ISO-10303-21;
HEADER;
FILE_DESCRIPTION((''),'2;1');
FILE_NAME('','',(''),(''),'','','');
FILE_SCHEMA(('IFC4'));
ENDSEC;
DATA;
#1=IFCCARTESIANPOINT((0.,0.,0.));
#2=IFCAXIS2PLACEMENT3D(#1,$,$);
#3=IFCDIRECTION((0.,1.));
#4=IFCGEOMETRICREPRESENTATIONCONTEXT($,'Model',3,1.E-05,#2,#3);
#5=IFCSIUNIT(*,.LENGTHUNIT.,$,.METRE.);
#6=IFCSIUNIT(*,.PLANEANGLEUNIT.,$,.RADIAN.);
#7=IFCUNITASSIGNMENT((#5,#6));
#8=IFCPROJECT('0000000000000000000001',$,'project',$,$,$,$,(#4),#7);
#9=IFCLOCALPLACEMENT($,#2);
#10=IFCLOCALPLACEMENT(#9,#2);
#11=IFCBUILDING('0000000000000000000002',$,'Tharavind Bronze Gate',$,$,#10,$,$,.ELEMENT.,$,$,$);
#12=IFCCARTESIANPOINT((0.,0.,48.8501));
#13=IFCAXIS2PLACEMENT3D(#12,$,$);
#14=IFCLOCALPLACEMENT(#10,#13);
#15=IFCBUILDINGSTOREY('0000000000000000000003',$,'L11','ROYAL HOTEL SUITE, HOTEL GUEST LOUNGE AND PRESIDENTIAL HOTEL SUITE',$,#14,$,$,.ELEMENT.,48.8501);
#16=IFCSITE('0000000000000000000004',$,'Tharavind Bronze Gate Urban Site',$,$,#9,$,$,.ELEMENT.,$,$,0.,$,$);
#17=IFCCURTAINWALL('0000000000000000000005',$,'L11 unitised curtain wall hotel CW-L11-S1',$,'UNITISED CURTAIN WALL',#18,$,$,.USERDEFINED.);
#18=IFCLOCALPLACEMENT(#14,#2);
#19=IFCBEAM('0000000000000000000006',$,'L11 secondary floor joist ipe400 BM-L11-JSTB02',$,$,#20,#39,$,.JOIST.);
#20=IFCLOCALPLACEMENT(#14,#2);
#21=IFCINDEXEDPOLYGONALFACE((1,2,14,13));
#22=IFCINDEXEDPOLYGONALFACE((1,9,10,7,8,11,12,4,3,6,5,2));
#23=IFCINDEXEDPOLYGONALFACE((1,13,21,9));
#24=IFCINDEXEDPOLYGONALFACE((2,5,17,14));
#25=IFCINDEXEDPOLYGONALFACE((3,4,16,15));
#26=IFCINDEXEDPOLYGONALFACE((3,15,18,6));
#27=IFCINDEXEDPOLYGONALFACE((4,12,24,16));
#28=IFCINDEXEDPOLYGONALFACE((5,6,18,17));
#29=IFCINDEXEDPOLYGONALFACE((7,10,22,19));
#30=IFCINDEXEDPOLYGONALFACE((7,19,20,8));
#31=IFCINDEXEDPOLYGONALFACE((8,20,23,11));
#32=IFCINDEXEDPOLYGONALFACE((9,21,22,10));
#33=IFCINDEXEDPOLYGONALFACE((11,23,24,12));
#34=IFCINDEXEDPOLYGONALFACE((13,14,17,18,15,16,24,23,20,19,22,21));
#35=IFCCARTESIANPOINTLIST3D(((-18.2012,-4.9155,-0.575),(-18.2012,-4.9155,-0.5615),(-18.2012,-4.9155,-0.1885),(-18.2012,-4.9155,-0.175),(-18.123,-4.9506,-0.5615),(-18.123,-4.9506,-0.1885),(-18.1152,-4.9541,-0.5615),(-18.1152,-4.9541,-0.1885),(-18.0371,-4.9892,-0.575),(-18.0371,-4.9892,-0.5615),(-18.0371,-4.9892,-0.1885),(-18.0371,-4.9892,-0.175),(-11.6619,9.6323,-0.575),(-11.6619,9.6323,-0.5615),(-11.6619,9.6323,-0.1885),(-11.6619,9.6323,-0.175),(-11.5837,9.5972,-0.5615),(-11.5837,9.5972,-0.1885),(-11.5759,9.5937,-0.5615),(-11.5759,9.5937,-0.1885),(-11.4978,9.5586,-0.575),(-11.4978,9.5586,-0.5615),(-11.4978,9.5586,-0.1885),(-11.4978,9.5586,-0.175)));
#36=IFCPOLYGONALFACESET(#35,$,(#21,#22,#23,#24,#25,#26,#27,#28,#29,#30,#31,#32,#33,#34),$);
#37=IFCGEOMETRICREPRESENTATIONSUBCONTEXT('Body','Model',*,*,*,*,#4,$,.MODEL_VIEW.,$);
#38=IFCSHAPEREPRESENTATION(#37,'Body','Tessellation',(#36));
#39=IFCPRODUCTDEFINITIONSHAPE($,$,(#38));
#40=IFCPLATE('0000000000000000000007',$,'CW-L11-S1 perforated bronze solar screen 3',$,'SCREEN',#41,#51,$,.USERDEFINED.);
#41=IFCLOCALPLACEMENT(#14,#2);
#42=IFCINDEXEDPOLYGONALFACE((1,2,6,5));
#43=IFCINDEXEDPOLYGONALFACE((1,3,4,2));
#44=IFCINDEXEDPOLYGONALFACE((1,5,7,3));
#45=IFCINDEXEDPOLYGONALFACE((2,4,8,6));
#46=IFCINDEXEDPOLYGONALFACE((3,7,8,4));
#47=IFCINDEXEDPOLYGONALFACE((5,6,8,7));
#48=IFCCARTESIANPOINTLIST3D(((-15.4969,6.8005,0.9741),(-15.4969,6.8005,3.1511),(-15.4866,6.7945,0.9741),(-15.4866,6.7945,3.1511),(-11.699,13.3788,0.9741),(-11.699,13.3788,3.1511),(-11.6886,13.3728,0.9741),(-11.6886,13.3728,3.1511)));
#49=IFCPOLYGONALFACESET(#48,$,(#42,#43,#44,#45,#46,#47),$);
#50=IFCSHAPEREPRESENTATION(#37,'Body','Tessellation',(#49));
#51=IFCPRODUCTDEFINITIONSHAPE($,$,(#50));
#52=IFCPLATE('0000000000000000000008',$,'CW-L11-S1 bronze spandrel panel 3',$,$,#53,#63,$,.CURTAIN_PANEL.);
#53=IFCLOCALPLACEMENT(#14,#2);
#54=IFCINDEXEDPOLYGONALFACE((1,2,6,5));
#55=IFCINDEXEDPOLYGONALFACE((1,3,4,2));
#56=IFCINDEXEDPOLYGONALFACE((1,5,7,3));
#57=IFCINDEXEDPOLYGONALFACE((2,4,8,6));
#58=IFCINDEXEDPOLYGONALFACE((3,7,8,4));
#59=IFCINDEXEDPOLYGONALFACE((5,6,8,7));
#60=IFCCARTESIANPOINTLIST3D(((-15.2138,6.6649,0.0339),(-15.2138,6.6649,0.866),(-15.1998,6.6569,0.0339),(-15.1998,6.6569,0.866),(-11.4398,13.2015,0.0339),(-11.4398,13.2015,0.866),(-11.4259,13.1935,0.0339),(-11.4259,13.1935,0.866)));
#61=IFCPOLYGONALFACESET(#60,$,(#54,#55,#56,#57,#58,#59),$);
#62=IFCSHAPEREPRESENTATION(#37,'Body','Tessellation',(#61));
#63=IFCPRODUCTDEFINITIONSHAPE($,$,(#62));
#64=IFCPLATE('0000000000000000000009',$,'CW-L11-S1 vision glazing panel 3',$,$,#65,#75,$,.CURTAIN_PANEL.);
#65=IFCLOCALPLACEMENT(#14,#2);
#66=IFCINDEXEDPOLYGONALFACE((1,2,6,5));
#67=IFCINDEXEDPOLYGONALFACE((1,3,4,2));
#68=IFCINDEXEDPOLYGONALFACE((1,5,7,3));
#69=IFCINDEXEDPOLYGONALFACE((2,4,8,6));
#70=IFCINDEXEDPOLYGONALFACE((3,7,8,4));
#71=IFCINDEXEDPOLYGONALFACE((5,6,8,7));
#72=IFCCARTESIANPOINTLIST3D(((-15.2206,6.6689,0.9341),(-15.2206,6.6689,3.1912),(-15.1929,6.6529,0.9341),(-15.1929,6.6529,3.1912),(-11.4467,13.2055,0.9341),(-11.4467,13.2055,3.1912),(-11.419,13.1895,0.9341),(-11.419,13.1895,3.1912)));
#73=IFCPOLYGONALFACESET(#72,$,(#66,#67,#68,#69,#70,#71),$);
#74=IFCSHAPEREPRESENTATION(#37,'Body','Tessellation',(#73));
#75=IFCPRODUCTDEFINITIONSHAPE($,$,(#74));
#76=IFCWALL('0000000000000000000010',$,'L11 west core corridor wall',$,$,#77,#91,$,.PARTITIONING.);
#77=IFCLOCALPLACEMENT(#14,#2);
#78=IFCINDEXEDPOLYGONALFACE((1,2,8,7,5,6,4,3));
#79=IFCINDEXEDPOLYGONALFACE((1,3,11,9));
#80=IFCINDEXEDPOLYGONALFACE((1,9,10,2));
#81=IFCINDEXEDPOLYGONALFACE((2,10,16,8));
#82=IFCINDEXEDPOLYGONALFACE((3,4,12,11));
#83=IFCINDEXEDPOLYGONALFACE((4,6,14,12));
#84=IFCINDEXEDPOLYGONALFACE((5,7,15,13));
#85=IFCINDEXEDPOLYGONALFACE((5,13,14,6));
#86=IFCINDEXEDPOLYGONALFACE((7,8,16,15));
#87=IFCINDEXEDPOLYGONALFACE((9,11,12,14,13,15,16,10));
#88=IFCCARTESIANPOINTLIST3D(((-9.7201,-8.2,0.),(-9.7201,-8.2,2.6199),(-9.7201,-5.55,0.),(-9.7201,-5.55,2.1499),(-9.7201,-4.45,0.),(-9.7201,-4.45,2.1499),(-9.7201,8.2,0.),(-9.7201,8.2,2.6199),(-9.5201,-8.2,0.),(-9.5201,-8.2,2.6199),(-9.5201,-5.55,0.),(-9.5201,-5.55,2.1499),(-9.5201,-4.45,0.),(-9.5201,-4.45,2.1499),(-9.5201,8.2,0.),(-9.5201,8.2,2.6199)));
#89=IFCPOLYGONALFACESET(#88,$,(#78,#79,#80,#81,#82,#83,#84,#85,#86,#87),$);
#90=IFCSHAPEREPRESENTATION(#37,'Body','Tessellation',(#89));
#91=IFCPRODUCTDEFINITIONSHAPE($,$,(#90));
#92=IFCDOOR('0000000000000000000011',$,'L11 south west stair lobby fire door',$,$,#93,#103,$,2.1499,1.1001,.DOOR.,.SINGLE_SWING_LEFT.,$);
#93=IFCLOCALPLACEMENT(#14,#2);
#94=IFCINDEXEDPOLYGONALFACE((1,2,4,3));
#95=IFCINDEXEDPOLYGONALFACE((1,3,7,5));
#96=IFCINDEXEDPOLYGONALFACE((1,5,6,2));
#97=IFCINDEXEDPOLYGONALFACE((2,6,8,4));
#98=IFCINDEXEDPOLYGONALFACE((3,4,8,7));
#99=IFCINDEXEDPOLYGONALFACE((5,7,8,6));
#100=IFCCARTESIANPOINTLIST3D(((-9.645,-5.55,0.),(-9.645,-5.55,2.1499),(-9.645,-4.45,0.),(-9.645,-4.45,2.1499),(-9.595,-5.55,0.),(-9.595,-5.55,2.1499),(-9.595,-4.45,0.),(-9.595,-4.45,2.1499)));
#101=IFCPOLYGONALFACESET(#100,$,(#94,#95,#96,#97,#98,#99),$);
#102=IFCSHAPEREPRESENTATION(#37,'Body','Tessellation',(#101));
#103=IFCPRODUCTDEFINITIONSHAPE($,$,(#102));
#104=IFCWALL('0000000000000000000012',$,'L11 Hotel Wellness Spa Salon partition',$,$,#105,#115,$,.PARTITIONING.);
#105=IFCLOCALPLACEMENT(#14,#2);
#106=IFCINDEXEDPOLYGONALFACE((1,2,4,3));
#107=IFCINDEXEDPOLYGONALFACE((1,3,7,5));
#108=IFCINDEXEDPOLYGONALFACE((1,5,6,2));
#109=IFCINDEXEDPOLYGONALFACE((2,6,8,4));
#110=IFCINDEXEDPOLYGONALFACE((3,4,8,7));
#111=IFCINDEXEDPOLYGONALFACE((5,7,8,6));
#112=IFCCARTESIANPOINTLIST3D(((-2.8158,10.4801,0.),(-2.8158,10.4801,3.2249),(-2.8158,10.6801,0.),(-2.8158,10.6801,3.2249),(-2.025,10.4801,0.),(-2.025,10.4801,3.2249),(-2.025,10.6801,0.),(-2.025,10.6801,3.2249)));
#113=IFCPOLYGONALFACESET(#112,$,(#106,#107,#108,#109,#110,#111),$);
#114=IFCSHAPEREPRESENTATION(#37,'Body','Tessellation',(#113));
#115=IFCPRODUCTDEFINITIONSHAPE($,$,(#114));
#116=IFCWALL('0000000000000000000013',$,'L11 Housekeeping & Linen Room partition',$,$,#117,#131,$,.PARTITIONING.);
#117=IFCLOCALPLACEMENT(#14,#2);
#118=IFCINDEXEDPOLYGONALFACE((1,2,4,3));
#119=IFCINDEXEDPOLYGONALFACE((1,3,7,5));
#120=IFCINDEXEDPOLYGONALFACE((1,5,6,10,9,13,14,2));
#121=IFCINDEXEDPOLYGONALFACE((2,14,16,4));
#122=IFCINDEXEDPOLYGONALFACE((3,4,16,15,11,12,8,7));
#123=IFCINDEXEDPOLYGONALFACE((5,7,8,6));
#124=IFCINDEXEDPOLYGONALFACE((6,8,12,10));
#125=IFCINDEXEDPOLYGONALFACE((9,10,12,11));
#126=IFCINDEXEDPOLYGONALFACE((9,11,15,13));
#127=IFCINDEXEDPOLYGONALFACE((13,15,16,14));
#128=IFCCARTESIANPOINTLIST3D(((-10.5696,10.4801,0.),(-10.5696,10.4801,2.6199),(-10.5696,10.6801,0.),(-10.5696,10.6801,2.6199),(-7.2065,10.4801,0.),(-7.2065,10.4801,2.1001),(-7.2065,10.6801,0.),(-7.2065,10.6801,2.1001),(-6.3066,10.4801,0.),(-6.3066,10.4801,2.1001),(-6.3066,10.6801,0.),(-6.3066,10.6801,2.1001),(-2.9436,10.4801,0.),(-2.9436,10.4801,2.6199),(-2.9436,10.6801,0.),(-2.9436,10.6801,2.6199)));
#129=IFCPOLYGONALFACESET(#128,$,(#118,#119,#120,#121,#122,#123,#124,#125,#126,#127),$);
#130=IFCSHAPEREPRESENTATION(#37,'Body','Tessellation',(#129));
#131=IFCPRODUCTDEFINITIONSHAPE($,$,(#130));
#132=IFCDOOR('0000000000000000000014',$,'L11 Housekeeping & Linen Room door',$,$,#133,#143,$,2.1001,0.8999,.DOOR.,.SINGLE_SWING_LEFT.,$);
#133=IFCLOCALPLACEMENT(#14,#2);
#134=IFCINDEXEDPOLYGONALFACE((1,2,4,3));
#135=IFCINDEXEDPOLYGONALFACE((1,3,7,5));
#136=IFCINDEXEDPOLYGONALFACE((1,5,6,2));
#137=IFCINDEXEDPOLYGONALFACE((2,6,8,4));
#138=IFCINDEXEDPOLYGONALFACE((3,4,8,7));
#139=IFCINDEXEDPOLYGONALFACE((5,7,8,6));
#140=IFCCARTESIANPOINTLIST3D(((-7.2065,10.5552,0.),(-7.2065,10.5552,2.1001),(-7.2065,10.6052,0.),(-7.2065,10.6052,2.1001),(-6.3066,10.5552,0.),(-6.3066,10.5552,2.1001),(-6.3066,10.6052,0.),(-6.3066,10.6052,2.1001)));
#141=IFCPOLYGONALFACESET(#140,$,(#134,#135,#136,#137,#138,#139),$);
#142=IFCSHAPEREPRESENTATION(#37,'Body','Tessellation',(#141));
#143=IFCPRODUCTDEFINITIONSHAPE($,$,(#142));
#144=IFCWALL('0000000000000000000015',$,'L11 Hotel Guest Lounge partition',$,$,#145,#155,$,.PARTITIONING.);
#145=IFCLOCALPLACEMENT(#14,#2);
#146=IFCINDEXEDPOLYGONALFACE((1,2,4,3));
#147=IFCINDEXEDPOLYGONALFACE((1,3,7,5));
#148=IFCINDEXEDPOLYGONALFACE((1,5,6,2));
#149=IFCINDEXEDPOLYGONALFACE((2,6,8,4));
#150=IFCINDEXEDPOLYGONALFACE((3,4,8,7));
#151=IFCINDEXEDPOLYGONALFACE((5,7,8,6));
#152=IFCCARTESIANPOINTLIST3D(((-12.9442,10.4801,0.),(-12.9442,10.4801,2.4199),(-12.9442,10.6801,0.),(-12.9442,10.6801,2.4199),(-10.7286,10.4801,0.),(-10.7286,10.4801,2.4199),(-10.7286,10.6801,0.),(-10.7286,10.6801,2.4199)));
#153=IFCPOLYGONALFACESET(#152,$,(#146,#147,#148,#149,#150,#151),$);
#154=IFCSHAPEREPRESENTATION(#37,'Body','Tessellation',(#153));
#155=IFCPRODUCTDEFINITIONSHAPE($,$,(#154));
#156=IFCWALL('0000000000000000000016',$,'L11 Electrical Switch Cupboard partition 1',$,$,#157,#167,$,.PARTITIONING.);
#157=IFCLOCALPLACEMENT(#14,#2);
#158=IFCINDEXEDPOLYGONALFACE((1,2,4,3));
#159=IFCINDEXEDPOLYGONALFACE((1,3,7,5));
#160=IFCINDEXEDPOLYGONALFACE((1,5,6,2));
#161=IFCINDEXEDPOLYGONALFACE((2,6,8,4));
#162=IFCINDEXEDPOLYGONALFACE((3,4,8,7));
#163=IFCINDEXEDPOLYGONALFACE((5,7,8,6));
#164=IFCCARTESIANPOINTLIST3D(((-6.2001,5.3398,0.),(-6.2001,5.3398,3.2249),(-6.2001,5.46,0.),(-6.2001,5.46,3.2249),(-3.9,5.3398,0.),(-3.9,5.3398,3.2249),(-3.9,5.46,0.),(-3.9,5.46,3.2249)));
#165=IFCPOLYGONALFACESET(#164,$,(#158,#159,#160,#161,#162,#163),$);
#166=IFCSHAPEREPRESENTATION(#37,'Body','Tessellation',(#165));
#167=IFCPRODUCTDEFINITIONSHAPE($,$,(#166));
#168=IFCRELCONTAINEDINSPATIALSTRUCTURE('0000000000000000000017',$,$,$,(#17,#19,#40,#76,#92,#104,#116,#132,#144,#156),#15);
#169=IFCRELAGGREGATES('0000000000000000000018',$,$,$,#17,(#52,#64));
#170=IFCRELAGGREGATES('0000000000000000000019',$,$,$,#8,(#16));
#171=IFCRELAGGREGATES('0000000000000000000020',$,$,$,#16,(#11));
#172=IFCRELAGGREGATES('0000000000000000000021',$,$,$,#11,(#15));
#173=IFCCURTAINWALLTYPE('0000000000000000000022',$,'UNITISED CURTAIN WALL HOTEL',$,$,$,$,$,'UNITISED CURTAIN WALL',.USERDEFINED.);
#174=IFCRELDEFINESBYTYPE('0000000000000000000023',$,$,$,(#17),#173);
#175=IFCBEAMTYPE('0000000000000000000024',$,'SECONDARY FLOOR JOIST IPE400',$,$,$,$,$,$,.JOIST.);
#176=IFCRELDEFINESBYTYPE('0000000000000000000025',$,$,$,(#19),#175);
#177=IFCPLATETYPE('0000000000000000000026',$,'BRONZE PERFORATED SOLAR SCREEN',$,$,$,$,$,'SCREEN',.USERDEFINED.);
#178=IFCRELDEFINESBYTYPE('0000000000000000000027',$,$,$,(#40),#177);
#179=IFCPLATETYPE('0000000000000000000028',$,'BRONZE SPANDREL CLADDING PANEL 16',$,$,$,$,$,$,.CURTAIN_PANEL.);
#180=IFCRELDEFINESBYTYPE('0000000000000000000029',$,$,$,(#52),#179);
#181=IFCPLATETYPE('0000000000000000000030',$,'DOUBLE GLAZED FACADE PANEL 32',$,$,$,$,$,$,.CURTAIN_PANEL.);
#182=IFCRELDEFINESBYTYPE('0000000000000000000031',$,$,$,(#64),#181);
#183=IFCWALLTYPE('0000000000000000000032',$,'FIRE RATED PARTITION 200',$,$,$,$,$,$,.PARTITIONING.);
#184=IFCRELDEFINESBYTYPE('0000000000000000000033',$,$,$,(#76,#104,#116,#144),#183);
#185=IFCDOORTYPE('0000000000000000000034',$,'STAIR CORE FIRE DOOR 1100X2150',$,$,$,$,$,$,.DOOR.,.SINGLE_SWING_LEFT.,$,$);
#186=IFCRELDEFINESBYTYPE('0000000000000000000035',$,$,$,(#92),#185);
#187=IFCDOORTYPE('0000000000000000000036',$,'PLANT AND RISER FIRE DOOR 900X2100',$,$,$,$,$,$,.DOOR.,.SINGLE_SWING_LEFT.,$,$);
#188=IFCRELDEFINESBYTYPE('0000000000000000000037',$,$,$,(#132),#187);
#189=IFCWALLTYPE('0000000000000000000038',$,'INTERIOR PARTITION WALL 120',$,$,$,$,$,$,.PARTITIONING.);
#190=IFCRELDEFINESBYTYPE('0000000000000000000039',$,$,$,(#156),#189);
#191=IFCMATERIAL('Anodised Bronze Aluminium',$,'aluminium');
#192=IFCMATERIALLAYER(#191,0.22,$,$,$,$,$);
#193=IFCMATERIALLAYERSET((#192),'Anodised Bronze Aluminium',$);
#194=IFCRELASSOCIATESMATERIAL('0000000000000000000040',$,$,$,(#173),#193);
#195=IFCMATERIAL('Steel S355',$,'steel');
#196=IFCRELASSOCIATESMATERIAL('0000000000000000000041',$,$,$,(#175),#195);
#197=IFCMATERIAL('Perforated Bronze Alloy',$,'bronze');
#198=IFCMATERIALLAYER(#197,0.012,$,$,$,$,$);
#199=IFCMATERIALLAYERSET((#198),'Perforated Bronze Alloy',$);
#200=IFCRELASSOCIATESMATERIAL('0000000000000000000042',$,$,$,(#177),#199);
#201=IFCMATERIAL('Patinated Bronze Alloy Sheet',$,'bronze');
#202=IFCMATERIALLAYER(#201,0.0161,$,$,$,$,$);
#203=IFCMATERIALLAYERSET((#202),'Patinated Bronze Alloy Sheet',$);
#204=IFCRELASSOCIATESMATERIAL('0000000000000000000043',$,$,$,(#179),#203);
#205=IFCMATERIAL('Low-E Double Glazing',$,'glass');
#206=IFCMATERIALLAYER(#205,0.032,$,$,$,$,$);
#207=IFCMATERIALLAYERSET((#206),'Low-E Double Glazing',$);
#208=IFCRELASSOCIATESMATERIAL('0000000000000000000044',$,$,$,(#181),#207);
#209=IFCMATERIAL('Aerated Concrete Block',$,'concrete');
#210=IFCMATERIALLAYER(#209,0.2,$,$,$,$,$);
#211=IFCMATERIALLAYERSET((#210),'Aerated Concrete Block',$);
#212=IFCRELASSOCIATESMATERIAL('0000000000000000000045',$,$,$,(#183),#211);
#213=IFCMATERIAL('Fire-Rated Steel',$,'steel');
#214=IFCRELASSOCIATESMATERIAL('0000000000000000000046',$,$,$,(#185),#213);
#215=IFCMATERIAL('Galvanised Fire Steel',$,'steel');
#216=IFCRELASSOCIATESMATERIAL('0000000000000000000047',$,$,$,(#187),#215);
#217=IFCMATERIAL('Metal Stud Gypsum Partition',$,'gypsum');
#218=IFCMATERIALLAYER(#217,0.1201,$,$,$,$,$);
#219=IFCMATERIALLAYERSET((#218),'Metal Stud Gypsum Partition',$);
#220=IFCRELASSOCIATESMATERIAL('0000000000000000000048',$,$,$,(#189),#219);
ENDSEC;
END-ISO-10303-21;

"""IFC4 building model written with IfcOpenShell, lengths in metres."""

from ifc_helpers import new_model, si_unit, direction, frame, frame_2d, origin, origin_2d, place, context, subcontext, project, spatial, rectangle, i_section, extrude, material, layer, layer_set, material_profile, profile_set, type_object, element, fill, aggregate, save


model = new_model("IFC4")

# Units and contexts
model_context = context("Model", 3, precision=1e-05, world=origin(), true_north=direction((0.0, 1.0)))
body_context = subcontext(model_context, "Body", "Model", "MODEL_VIEW")
ifc_project = project(units=[si_unit("LENGTHUNIT", "METRE"), si_unit("PLANEANGLEUNIT", "RADIAN")], contexts=[model_context])

# Site, building, storey
site_placement = place(None, origin())
site = spatial("IfcSite", under=ifc_project, at=site_placement, Name="Tharavind Bronze Gate Urban Site", CompositionType="ELEMENT", RefElevation=0.0)
building_placement = place(site_placement, origin())
building = spatial("IfcBuilding", under=site, at=building_placement, Name="Tharavind Bronze Gate", CompositionType="ELEMENT")
storey_placement = place(building_placement, frame((0.0, 0.0, 48.8501)))
storey = spatial("IfcBuildingStorey", under=building, at=storey_placement, Name="L11", Description="ROYAL HOTEL SUITE, HOTEL GUEST LOUNGE AND PRESIDENTIAL HOTEL SUITE", CompositionType="ELEMENT", Elevation=48.8501)

# Curtain wall
ifc_material_1 = material(Name="Anodised Bronze Aluminium", Category="aluminium")
ifc_layer_1 = layer(ifc_material_1, 0.22)
ifc_layer_set_1 = layer_set([ifc_layer_1], Name="Anodised Bronze Aluminium")
curtain_wall_type = type_object("IfcCurtainWallType", Name="UNITISED CURTAIN WALL HOTEL", ElementType="UNITISED CURTAIN WALL", PredefinedType="USERDEFINED", material=ifc_layer_set_1)
curtain_wall_placement = place(storey_placement, origin())
curtain_wall = element("IfcCurtainWall", 1, at=curtain_wall_placement, inside=storey, type_object=curtain_wall_type, Name="L11 unitised curtain wall hotel CW-L11-S1", ObjectType="UNITISED CURTAIN WALL", PredefinedType="USERDEFINED")

# Beam
ifc_material_2 = material(Name="Steel S355", Category="steel")
ifc_material_profile_1 = material_profile(ifc_material_2, i_section(OverallWidth=0.1799, OverallDepth=0.3999, WebThickness=0.0085, FlangeThickness=0.0134, at=origin_2d()), Name="IPE400")
ifc_profile_set_1 = profile_set([ifc_material_profile_1], Name="Steel S355")
beam_type_1 = type_object("IfcBeamType", Name="SECONDARY FLOOR JOIST IPE400", PredefinedType="JOIST", material=ifc_profile_set_1)
beam_1_placement = place(storey_placement, frame((-11.5798, 9.5955, -0.375), z_axis=(-0.409988, -0.912091, 0.0), x_axis=(0.912091, -0.409988, 0.0)))
element("IfcBeam", 2, at=beam_1_placement, inside=storey, type_object=beam_type_1, Name="L11 secondary floor joist ipe400 BM-L11-JSTB02", PredefinedType="JOIST", context=body_context, shape_type="SweptSolid", body=[
    extrude(i_section(OverallWidth=0.1799, OverallDepth=0.3999, WebThickness=0.0085, FlangeThickness=0.0134, at=origin_2d()), origin(), (0.0, 0.0, 1.0), 15.95),
])

# Plates
ifc_material_3 = material(Name="Perforated Bronze Alloy", Category="bronze")
ifc_layer_2 = layer(ifc_material_3, 0.012)
ifc_layer_set_2 = layer_set([ifc_layer_2], Name="Perforated Bronze Alloy")
plate_type_1 = type_object("IfcPlateType", Name="BRONZE PERFORATED SOLAR SCREEN", ElementType="SCREEN", PredefinedType="USERDEFINED", material=ifc_layer_set_2)
plate_1_placement = place(storey_placement, frame((-13.5928, 10.0867, 0.9741), z_axis=(0.0, 0.0, 1.0), x_axis=(-0.500002, -0.866025, 0.0)))
element("IfcPlate", 3, at=plate_1_placement, inside=storey, type_object=plate_type_1, Name="CW-L11-S1 perforated bronze solar screen 3", ObjectType="SCREEN", PredefinedType="USERDEFINED", context=body_context, shape_type="SweptSolid", body=[
    extrude(rectangle(XDim=7.5959, YDim=0.012, at=origin_2d()), origin(), (0.0, 0.0, 1.0), 2.177),
])
ifc_material_4 = material(Name="Patinated Bronze Alloy Sheet", Category="bronze")
ifc_layer_3 = layer(ifc_material_4, 0.0161)
ifc_layer_set_3 = layer_set([ifc_layer_3], Name="Patinated Bronze Alloy Sheet")
plate_type_2 = type_object("IfcPlateType", Name="BRONZE SPANDREL CLADDING PANEL 16", PredefinedType="CURTAIN_PANEL", material=ifc_layer_set_3)
plate_2_placement = place(storey_placement, frame((-13.3198, 9.9292, 0.0339), z_axis=(0.0, 0.0, 1.0), x_axis=(-0.500002, -0.866025, 0.0)))
plate_2 = element("IfcPlate", 4, at=plate_2_placement, type_object=plate_type_2, Name="CW-L11-S1 bronze spandrel panel 3", PredefinedType="CURTAIN_PANEL", context=body_context, shape_type="SweptSolid", body=[
    extrude(rectangle(XDim=7.5479, YDim=0.0161, at=origin_2d()), origin(), (0.0, 0.0, 1.0), 0.832),
])
ifc_material_5 = material(Name="Low-E Double Glazing", Category="glass")
ifc_layer_4 = layer(ifc_material_5, 0.032)
ifc_layer_set_4 = layer_set([ifc_layer_4], Name="Low-E Double Glazing")
plate_type_3 = type_object("IfcPlateType", Name="DOUBLE GLAZED FACADE PANEL 32", PredefinedType="CURTAIN_PANEL", material=ifc_layer_set_4)
plate_3_placement = place(storey_placement, frame((-13.3198, 9.9292, 0.9341), z_axis=(0.0, 0.0, 1.0), x_axis=(-0.500002, -0.866025, 0.0)))
plate_3 = element("IfcPlate", 5, at=plate_3_placement, type_object=plate_type_3, Name="CW-L11-S1 vision glazing panel 3", PredefinedType="CURTAIN_PANEL", context=body_context, shape_type="SweptSolid", body=[
    extrude(rectangle(XDim=7.5479, YDim=0.032, at=origin_2d()), origin(), (0.0, 0.0, 1.0), 2.2571),
])
aggregate(curtain_wall, [plate_2, plate_3])

# Wall, opening, door
ifc_material_6 = material(Name="Aerated Concrete Block", Category="concrete")
ifc_layer_5 = layer(ifc_material_6, 0.2)
ifc_layer_set_5 = layer_set([ifc_layer_5], Name="Aerated Concrete Block")
wall_type_1 = type_object("IfcWallType", Name="FIRE RATED PARTITION 200", PredefinedType="PARTITIONING", material=ifc_layer_set_5)
wall_1_placement = place(storey_placement, frame((-9.6201, 8.2, 0.0), z_axis=(0.0, 0.0, 1.0), x_axis=(0.0, -1.0, 0.0)))
wall_1 = element("IfcWall", 6, at=wall_1_placement, inside=storey, type_object=wall_type_1, Name="L11 west core corridor wall", PredefinedType="PARTITIONING", context=body_context, shape_type="SweptSolid", body=[
    extrude(rectangle(XDim=16.3999, YDim=0.2, at=frame_2d((8.2, 0.0))), origin(), (0.0, 0.0, 1.0), 2.6199),
])
opening_1_placement = place(wall_1_placement, frame((12.6499, 0.0, 0.0)))
opening_1 = element("IfcOpeningElement", 7, at=opening_1_placement, cuts=wall_1, PredefinedType="OPENING", context=body_context, shape_type="SweptSolid", body=[
    extrude(rectangle(XDim=1.1001, YDim=2.1499, at=frame_2d((0.55, 1.075))), frame((0.0, 0.1101, 0.0), z_axis=(0.0, -1.0, 0.0), x_axis=(1.0, 0.0, 0.0)), (0.0, 0.0, 1.0), 0.22),
])
ifc_material_7 = material(Name="Fire-Rated Steel", Category="steel")
door_type_1 = type_object("IfcDoorType", Name="STAIR CORE FIRE DOOR 1100X2150", OperationType="SINGLE_SWING_LEFT", PredefinedType="DOOR", material=ifc_material_7)
door_1_placement = place(opening_1_placement, frame((1.1001, 0.0, 0.0), z_axis=(0.0, 0.0, 1.0), x_axis=(-1.0, 0.0, 0.0)))
door_1 = element("IfcDoor", 8, at=door_1_placement, inside=storey, type_object=door_type_1, Name="L11 south west stair lobby fire door", OperationType="SINGLE_SWING_LEFT", OverallHeight=2.1499, OverallWidth=1.1001, PredefinedType="DOOR", context=body_context, shape_type="SweptSolid", body=[
    extrude(rectangle(XDim=1.1001, YDim=2.1499, at=frame_2d((0.55, 1.075))), frame((0.0, 0.0249, 0.0), z_axis=(0.0, -1.0, 0.0), x_axis=(1.0, 0.0, 0.0)), (0.0, 0.0, 1.0), 0.05),
])
fill(opening_1, door_1)

# Wall
wall_2_placement = place(storey_placement, frame((-2.0249, 10.5801, 0.0), z_axis=(0.0, 0.0, 1.0), x_axis=(-1.0, 0.0, 0.0)))
element("IfcWall", 9, at=wall_2_placement, inside=storey, type_object=wall_type_1, Name="L11 Hotel Wellness Spa Salon partition", PredefinedType="PARTITIONING", context=body_context, shape_type="SweptSolid", body=[
    extrude(rectangle(XDim=0.7908, YDim=0.2, at=frame_2d((0.3955, 0.0))), origin(), (0.0, 0.0, 1.0), 3.2249),
])

# Wall, opening, door
wall_3_placement = place(storey_placement, frame((-2.9436, 10.5801, 0.0), z_axis=(0.0, 0.0, 1.0), x_axis=(-1.0, 0.0, 0.0)))
wall_3 = element("IfcWall", 10, at=wall_3_placement, inside=storey, type_object=wall_type_1, Name="L11 Housekeeping & Linen Room partition", PredefinedType="PARTITIONING", context=body_context, shape_type="SweptSolid", body=[
    extrude(rectangle(XDim=7.626, YDim=0.2, at=frame_2d((3.813, 0.0))), origin(), (0.0, 0.0, 1.0), 2.6199),
])
opening_2_placement = place(wall_3_placement, frame((3.363, 0.0, 0.0)))
opening_2 = element("IfcOpeningElement", 11, at=opening_2_placement, cuts=wall_3, PredefinedType="OPENING", context=body_context, shape_type="SweptSolid", body=[
    extrude(rectangle(XDim=0.8999, YDim=2.1001, at=frame_2d((0.45, 1.05))), frame((0.0, 0.1101, 0.0), z_axis=(0.0, -1.0, 0.0), x_axis=(1.0, 0.0, 0.0)), (0.0, 0.0, 1.0), 0.22),
])
ifc_material_8 = material(Name="Galvanised Fire Steel", Category="steel")
door_type_2 = type_object("IfcDoorType", Name="PLANT AND RISER FIRE DOOR 900X2100", OperationType="SINGLE_SWING_LEFT", PredefinedType="DOOR", material=ifc_material_8)
door_2_placement = place(opening_2_placement, origin())
door_2 = element("IfcDoor", 12, at=door_2_placement, inside=storey, type_object=door_type_2, Name="L11 Housekeeping & Linen Room door", OperationType="SINGLE_SWING_LEFT", OverallHeight=2.1001, OverallWidth=0.8999, PredefinedType="DOOR", context=body_context, shape_type="SweptSolid", body=[
    extrude(rectangle(XDim=0.8999, YDim=2.1001, at=frame_2d((0.45, 1.05))), frame((0.0, 0.0249, 0.0), z_axis=(0.0, -1.0, 0.0), x_axis=(1.0, 0.0, 0.0)), (0.0, 0.0, 1.0), 0.05),
])
fill(opening_2, door_2)

# Wall
wall_4_placement = place(storey_placement, frame((-10.7285, 10.5801, 0.0), z_axis=(0.0, 0.0, 1.0), x_axis=(-1.0, 0.0, 0.0)))
element("IfcWall", 13, at=wall_4_placement, inside=storey, type_object=wall_type_1, Name="L11 Hotel Guest Lounge partition", PredefinedType="PARTITIONING", context=body_context, shape_type="SweptSolid", body=[
    extrude(rectangle(XDim=2.2156, YDim=0.2, at=frame_2d((1.1079, 0.0))), origin(), (0.0, 0.0, 1.0), 2.4199),
])

# Wall
ifc_material_9 = material(Name="Metal Stud Gypsum Partition", Category="gypsum")
ifc_layer_6 = layer(ifc_material_9, 0.1201)
ifc_layer_set_6 = layer_set([ifc_layer_6], Name="Metal Stud Gypsum Partition")
wall_type_2 = type_object("IfcWallType", Name="INTERIOR PARTITION WALL 120", PredefinedType="PARTITIONING", material=ifc_layer_set_6)
wall_5_placement = place(storey_placement, frame((-6.2, 5.3999, 0.0), z_axis=(0.0, 0.0, 1.0), x_axis=(1.0, 0.0, 0.0)))
element("IfcWall", 14, at=wall_5_placement, inside=storey, type_object=wall_type_2, Name="L11 Electrical Switch Cupboard partition 1", PredefinedType="PARTITIONING", context=body_context, shape_type="SweptSolid", body=[
    extrude(rectangle(XDim=2.3, YDim=0.1201, at=frame_2d((1.1499, 0.0))), origin(), (0.0, 0.0, 1.0), 3.2249),
])

save(model, "model.ifc")
